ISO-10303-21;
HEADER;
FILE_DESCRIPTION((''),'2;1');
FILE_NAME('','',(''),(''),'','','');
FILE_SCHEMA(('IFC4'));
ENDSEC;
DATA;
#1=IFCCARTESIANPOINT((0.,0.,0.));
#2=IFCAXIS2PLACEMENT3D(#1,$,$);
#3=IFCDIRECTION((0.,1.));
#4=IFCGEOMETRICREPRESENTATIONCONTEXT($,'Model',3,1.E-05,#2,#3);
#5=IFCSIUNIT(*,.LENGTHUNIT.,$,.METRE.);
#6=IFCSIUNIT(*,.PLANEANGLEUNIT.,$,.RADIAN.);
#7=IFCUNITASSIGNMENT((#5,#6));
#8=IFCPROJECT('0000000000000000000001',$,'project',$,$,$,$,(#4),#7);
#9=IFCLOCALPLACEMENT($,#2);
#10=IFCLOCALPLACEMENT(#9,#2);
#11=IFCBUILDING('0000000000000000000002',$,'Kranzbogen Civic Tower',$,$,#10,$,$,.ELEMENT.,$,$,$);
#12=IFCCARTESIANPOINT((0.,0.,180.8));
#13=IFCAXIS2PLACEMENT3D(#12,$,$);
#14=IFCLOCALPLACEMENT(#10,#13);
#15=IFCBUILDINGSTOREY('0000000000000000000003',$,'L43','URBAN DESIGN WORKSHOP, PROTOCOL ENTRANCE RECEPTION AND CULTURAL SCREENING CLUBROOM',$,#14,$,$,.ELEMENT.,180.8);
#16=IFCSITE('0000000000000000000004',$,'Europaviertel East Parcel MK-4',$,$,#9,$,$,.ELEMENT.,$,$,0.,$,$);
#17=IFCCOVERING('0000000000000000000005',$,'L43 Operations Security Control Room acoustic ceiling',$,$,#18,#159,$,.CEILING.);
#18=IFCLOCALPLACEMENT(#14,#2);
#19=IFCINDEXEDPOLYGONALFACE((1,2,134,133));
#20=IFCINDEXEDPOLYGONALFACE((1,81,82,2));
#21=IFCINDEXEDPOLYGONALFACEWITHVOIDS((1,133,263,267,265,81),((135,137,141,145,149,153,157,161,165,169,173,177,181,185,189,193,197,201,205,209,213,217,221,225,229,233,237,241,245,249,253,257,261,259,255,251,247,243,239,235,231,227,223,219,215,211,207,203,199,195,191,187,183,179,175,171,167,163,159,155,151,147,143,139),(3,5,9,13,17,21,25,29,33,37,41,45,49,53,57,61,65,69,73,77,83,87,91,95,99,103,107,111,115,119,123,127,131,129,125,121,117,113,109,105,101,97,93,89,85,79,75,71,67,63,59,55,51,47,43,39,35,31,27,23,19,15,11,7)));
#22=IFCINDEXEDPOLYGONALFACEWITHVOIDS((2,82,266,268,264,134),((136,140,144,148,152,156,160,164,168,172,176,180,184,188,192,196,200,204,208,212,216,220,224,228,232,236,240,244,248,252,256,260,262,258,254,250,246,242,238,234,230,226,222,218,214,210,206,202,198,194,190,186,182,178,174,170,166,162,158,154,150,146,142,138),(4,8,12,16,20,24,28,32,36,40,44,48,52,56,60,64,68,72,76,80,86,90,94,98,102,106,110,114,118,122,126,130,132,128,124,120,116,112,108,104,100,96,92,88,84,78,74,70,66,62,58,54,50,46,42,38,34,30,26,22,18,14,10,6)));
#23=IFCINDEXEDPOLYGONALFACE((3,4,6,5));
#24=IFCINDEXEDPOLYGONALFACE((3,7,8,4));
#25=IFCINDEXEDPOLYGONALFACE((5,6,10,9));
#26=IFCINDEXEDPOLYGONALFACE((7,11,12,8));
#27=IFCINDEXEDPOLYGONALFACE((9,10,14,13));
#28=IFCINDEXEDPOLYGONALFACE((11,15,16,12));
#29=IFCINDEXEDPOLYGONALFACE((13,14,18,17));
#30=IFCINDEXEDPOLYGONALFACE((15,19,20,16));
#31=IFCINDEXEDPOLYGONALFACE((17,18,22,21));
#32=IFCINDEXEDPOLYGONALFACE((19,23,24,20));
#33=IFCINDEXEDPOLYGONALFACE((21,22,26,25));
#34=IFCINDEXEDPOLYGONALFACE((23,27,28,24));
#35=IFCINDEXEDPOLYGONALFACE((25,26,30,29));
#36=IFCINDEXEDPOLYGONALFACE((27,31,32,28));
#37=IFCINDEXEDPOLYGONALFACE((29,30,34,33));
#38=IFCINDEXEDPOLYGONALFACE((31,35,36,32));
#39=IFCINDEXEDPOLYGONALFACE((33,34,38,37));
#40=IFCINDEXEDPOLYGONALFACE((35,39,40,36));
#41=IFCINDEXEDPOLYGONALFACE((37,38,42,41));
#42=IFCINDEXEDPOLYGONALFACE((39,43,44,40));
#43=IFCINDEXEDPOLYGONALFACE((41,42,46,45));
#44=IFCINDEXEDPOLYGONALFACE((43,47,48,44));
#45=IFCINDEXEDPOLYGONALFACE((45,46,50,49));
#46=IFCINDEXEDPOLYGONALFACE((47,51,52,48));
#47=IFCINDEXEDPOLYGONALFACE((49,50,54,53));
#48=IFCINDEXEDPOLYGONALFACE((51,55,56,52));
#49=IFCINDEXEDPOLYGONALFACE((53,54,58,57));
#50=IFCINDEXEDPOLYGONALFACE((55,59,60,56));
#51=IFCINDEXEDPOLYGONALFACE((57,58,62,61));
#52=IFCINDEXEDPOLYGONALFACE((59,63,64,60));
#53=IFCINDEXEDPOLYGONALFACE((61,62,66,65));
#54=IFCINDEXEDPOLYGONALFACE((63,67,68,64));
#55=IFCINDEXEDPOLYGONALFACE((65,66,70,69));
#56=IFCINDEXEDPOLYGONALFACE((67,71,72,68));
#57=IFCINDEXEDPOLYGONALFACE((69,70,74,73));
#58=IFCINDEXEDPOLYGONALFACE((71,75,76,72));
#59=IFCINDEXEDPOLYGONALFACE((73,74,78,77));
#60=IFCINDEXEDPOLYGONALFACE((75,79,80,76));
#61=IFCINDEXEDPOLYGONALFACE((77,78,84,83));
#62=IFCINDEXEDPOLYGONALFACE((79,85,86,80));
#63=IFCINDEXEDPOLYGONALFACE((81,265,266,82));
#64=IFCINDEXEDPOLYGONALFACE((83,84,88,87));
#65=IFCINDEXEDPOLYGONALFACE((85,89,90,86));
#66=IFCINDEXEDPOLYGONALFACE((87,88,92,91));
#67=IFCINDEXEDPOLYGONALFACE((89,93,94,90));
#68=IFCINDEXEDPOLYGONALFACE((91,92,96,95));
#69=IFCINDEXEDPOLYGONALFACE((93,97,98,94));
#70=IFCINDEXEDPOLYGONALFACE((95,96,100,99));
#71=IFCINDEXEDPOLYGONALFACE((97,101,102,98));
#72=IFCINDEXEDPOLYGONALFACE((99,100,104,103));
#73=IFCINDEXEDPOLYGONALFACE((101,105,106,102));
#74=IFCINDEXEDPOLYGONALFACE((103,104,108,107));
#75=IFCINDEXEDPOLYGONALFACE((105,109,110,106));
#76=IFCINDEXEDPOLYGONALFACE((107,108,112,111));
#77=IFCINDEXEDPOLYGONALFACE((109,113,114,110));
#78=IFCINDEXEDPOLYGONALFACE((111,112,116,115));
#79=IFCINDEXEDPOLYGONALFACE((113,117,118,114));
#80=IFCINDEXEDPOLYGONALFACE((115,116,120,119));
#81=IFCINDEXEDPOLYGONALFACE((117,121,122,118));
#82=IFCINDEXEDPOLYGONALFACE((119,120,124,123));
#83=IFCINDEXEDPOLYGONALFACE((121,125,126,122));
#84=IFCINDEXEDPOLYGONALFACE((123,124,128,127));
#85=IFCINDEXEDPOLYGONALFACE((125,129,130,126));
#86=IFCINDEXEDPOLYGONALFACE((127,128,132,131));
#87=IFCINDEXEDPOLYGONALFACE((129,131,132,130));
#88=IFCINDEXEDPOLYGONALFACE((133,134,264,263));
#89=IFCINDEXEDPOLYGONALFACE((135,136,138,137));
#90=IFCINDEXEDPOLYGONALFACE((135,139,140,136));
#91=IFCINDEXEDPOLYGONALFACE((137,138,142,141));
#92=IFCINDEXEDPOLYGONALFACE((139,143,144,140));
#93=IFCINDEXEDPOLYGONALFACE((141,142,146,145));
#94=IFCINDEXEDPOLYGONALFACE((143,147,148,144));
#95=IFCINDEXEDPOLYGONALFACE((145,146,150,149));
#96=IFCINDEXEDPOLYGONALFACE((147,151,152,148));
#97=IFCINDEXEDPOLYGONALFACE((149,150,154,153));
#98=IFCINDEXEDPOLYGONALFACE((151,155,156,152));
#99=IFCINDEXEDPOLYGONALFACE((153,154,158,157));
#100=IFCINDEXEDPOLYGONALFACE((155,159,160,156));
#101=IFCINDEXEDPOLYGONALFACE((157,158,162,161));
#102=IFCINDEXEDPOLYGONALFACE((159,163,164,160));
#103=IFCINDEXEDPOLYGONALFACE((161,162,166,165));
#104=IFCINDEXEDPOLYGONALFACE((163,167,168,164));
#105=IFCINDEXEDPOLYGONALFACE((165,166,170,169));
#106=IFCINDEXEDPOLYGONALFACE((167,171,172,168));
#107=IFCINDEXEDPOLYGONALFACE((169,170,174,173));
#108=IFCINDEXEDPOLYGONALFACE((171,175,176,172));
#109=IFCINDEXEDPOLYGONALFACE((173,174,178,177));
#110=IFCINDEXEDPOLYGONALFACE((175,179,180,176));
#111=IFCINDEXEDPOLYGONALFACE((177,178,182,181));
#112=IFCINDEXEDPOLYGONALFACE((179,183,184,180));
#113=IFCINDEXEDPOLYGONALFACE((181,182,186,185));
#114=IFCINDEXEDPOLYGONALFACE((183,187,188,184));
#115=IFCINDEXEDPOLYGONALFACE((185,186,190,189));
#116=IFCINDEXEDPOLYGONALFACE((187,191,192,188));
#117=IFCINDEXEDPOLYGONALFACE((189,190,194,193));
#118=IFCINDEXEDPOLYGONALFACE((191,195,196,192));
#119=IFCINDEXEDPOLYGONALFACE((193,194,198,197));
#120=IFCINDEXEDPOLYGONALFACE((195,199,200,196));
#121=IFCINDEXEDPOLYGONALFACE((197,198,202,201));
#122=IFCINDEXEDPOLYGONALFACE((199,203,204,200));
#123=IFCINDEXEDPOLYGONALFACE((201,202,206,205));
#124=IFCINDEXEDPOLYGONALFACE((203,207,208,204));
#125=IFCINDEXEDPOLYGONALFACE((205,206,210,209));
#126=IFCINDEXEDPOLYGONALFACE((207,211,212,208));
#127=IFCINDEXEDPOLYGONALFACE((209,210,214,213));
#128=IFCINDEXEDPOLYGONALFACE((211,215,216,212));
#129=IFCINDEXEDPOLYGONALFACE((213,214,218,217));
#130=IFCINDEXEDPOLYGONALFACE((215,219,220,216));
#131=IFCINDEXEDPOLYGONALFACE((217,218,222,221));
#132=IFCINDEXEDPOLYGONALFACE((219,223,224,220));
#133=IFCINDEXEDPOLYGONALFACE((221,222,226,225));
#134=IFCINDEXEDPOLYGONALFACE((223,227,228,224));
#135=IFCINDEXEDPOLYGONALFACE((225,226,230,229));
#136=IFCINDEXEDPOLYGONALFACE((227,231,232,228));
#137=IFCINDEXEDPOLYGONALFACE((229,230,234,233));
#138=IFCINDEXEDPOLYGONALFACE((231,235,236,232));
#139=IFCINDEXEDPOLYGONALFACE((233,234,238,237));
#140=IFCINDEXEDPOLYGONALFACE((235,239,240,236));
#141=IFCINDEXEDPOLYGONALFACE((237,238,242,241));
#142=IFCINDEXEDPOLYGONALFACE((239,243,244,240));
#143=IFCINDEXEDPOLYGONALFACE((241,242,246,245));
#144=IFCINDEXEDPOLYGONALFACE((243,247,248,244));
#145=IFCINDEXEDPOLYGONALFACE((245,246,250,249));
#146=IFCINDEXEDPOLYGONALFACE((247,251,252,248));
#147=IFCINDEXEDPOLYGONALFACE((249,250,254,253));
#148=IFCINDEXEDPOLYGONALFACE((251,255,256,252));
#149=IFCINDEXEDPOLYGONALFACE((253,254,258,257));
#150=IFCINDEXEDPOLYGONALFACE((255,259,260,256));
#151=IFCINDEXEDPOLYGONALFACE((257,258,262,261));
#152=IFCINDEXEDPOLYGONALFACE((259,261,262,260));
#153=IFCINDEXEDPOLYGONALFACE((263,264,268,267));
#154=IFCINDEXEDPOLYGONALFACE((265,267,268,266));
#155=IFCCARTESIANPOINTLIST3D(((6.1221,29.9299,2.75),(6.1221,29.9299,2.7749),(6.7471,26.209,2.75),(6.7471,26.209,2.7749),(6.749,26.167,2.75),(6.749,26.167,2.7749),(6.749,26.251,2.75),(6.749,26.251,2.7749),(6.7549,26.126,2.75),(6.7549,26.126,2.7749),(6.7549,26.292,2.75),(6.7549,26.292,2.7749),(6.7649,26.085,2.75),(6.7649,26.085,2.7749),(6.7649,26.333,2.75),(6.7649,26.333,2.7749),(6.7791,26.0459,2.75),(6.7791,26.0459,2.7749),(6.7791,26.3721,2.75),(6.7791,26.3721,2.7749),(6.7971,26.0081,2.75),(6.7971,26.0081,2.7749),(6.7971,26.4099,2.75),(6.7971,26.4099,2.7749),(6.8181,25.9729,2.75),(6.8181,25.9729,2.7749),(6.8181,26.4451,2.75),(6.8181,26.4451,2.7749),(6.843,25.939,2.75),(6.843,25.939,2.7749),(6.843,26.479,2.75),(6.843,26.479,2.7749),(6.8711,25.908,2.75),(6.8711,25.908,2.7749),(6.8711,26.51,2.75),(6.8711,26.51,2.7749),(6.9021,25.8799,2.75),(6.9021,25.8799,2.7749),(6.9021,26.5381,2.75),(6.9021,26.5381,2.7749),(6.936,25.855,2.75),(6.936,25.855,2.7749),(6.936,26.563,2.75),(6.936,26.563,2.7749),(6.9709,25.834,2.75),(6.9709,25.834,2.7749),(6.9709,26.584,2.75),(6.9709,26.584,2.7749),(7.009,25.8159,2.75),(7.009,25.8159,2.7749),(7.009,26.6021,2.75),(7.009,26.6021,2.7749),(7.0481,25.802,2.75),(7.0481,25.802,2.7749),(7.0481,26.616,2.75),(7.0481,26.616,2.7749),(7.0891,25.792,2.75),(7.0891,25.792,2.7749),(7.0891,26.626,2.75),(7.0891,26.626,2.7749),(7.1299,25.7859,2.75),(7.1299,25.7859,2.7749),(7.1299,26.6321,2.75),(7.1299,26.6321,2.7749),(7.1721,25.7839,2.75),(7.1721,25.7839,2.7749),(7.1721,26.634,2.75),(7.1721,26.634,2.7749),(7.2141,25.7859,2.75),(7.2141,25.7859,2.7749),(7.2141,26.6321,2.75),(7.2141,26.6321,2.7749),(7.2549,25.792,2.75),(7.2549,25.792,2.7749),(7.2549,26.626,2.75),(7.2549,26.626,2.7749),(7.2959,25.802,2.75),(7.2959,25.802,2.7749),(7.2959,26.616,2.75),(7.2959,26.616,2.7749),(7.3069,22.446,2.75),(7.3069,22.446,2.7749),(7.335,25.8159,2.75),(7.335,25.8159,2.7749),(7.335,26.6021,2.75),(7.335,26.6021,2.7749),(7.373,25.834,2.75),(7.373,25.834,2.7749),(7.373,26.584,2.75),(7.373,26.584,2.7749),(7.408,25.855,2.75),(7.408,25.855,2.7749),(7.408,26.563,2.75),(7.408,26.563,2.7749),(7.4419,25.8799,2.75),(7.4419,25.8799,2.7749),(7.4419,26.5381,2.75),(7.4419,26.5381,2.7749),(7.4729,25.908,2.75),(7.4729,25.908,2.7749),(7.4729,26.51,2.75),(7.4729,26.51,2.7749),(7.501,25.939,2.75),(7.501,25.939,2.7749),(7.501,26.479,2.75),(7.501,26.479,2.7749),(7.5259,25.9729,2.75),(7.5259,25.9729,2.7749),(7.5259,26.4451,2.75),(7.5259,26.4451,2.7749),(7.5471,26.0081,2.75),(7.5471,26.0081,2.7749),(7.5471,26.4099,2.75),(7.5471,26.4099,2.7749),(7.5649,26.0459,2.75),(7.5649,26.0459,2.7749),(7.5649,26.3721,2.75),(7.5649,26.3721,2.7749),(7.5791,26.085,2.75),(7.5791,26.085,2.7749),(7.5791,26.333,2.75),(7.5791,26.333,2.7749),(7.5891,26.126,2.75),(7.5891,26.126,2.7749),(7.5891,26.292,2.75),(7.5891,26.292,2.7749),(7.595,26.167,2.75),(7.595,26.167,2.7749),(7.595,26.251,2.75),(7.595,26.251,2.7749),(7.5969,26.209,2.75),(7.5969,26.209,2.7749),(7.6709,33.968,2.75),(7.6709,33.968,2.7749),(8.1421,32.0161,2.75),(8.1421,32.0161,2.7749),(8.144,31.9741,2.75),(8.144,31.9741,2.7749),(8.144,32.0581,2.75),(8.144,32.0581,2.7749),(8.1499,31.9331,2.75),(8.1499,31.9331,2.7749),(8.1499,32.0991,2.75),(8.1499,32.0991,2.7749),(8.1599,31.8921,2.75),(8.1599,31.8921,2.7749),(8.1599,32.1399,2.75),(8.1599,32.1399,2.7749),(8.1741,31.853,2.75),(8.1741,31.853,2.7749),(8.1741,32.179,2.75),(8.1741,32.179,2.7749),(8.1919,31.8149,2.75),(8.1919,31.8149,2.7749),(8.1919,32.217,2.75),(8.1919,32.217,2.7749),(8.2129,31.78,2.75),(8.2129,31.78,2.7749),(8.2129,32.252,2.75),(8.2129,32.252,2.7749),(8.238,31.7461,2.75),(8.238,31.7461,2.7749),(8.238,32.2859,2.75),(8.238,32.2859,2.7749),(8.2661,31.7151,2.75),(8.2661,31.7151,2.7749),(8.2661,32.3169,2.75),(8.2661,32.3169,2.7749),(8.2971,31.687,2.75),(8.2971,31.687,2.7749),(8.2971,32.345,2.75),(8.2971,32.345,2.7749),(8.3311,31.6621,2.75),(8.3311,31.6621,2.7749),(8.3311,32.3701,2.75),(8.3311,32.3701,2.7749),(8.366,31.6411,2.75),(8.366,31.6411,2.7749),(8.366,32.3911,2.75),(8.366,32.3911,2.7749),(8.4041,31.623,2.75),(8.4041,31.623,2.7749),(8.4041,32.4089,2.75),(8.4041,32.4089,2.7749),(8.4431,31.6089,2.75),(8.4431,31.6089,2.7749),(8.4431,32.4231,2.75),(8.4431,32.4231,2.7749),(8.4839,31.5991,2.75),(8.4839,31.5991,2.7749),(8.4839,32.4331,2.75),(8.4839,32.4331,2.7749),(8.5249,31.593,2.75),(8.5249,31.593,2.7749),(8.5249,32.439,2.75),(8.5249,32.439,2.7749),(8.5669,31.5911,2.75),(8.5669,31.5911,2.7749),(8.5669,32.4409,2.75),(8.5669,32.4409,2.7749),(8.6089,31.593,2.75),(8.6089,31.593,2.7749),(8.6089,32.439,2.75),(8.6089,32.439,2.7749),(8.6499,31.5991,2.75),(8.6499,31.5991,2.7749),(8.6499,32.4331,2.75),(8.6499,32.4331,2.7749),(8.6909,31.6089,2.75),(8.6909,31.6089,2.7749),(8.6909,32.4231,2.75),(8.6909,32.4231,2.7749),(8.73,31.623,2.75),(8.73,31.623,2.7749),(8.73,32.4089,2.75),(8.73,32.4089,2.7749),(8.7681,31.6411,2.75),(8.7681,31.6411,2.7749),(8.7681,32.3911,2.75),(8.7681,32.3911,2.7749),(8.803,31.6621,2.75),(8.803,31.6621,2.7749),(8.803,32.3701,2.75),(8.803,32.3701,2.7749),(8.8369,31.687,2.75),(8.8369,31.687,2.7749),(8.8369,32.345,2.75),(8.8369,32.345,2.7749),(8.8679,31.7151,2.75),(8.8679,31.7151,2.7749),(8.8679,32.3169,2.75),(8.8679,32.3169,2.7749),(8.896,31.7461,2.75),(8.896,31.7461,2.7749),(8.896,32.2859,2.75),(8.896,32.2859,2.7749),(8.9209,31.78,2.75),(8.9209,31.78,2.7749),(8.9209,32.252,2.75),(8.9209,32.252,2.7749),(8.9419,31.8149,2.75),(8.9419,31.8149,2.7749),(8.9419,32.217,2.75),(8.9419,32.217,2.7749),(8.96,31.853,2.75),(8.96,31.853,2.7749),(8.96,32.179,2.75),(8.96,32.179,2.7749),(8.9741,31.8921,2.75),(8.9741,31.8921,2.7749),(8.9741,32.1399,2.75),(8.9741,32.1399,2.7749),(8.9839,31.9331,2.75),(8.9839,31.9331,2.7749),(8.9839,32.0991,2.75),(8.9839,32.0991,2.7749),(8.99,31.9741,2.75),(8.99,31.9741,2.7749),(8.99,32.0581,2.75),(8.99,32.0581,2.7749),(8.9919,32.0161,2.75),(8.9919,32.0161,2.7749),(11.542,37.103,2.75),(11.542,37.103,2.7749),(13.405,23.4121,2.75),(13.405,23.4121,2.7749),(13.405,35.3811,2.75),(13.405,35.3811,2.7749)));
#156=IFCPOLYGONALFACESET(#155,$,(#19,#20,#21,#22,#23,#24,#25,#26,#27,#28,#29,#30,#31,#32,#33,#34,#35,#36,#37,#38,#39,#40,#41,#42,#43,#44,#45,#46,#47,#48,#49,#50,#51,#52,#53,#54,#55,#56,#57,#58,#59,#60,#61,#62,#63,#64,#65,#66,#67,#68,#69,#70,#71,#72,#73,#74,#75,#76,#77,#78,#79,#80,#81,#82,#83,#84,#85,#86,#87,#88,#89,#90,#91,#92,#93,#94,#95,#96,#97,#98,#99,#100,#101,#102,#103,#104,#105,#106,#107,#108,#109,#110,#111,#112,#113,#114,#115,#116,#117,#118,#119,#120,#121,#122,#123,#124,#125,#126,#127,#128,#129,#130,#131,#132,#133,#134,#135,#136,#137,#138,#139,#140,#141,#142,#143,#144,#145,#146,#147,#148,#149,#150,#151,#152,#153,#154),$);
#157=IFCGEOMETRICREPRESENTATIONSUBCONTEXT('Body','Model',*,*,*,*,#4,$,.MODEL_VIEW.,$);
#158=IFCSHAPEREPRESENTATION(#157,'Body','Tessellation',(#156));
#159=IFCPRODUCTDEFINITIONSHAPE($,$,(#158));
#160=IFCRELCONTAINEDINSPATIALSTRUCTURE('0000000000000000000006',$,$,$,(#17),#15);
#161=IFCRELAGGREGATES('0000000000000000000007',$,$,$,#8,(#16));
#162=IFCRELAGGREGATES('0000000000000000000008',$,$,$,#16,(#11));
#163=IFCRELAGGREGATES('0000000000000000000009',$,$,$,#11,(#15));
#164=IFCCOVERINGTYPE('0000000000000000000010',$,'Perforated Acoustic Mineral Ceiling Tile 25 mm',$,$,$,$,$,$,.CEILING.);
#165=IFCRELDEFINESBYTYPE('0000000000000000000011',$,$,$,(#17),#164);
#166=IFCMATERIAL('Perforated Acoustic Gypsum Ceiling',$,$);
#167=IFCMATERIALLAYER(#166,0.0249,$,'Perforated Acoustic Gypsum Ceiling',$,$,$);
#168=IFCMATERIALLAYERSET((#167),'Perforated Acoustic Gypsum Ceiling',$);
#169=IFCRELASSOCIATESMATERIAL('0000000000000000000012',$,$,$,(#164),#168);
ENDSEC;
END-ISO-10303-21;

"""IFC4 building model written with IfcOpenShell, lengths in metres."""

from ifc_helpers import new_model, si_unit, direction, frame, origin, place, context, subcontext, project, spatial, polyline, outline, extrude, material, layer, layer_set, type_object, element, save


model = new_model("IFC4")

# Units and contexts
model_context = context("Model", 3, precision=1e-05, world=origin(), true_north=direction((0.0, 1.0)))
body_context = subcontext(model_context, "Body", "Model", "MODEL_VIEW")
ifc_project = project(units=[si_unit("LENGTHUNIT", "METRE"), si_unit("PLANEANGLEUNIT", "RADIAN")], contexts=[model_context])

# Site, building, storey
site_placement = place(None, origin())
site = spatial("IfcSite", under=ifc_project, at=site_placement, Name="Europaviertel East Parcel MK-4", CompositionType="ELEMENT", RefElevation=0.0)
building_placement = place(site_placement, origin())
building = spatial("IfcBuilding", under=site, at=building_placement, Name="Kranzbogen Civic Tower", CompositionType="ELEMENT")
storey_placement = place(building_placement, frame((0.0, 0.0, 180.8)))
storey = spatial("IfcBuildingStorey", under=building, at=storey_placement, Name="L43", Description="URBAN DESIGN WORKSHOP, PROTOCOL ENTRANCE RECEPTION AND CULTURAL SCREENING CLUBROOM", CompositionType="ELEMENT", Elevation=180.8)

# Covering
ifc_material_1 = material(Name="Perforated Acoustic Gypsum Ceiling")
ifc_layer_1 = layer(ifc_material_1, 0.0249, Name="Perforated Acoustic Gypsum Ceiling")
ifc_layer_set_1 = layer_set([ifc_layer_1], Name="Perforated Acoustic Gypsum Ceiling")
covering_type_1 = type_object("IfcCoveringType", Name="Perforated Acoustic Mineral Ceiling Tile 25 mm", PredefinedType="CEILING", material=ifc_layer_set_1)
covering_1_placement = place(storey_placement, frame((0.0, 0.0, 2.75)))
element("IfcCovering", 1, at=covering_1_placement, inside=storey, type_object=covering_type_1, Name="L43 Operations Security Control Room acoustic ceiling", PredefinedType="CEILING", context=body_context, shape_type="SweptSolid", body=[
    extrude(outline(polyline([(7.6709, 33.968), (11.542, 37.103), (13.405, 35.3811), (13.405, 23.4121), (7.3069, 22.446), (6.1221, 29.9299), (7.6709, 33.968)]), holes=[polyline([(7.5649, 26.0459), (7.5471, 26.0081), (7.5259, 25.9729), (7.501, 25.939), (7.4729, 25.908), (7.4419, 25.8799), (7.408, 25.855), (7.373, 25.834), (7.335, 25.8159), (7.2959, 25.802), (7.2549, 25.792), (7.2141, 25.7859), (7.1721, 25.7839), (7.1299, 25.7859), (7.0891, 25.792), (7.0481, 25.802), (7.009, 25.8159), (6.9709, 25.834), (6.936, 25.855), (6.9021, 25.8799), (6.8711, 25.908), (6.843, 25.939), (6.8181, 25.9729), (6.7971, 26.0081), (6.7791, 26.0459), (6.7649, 26.085), (6.7549, 26.126), (6.749, 26.167), (6.7471, 26.209), (6.749, 26.251), (6.7549, 26.292), (6.7649, 26.333), (6.7791, 26.3721), (6.7971, 26.4099), (6.8181, 26.4451), (6.843, 26.479), (6.8711, 26.51), (6.9021, 26.5381), (6.936, 26.563), (6.9709, 26.584), (7.009, 26.6021), (7.0481, 26.616), (7.0891, 26.626), (7.1299, 26.6321), (7.1721, 26.634), (7.2141, 26.6321), (7.2549, 26.626), (7.2959, 26.616), (7.335, 26.6021), (7.373, 26.584), (7.408, 26.563), (7.4419, 26.5381), (7.4729, 26.51), (7.501, 26.479), (7.5259, 26.4451), (7.5471, 26.4099), (7.5649, 26.3721), (7.5791, 26.333), (7.5891, 26.292), (7.595, 26.251), (7.5969, 26.209), (7.595, 26.167), (7.5891, 26.126), (7.5791, 26.085), (7.5649, 26.0459)]), polyline([(8.96, 31.853), (8.9419, 31.8149), (8.9209, 31.78), (8.896, 31.7461), (8.8679, 31.7151), (8.8369, 31.687), (8.803, 31.6621), (8.7681, 31.6411), (8.73, 31.623), (8.6909, 31.6089), (8.6499, 31.5991), (8.6089, 31.593), (8.5669, 31.5911), (8.5249, 31.593), (8.4839, 31.5991), (8.4431, 31.6089), (8.4041, 31.623), (8.366, 31.6411), (8.3311, 31.6621), (8.2971, 31.687), (8.2661, 31.7151), (8.238, 31.7461), (8.2129, 31.78), (8.1919, 31.8149), (8.1741, 31.853), (8.1599, 31.8921), (8.1499, 31.9331), (8.144, 31.9741), (8.1421, 32.0161), (8.144, 32.0581), (8.1499, 32.0991), (8.1599, 32.1399), (8.1741, 32.179), (8.1919, 32.217), (8.2129, 32.252), (8.238, 32.2859), (8.2661, 32.3169), (8.2971, 32.345), (8.3311, 32.3701), (8.366, 32.3911), (8.4041, 32.4089), (8.4431, 32.4231), (8.4839, 32.4331), (8.5249, 32.439), (8.5669, 32.4409), (8.6089, 32.439), (8.6499, 32.4331), (8.6909, 32.4231), (8.73, 32.4089), (8.7681, 32.3911), (8.803, 32.3701), (8.8369, 32.345), (8.8679, 32.3169), (8.896, 32.2859), (8.9209, 32.252), (8.9419, 32.217), (8.96, 32.179), (8.9741, 32.1399), (8.9839, 32.0991), (8.99, 32.0581), (8.9919, 32.0161), (8.99, 31.9741), (8.9839, 31.9331), (8.9741, 31.8921), (8.96, 31.853)])]), origin(), (0.0, 0.0, 1.0), 0.0249),
])

save(model, "model.ifc")
